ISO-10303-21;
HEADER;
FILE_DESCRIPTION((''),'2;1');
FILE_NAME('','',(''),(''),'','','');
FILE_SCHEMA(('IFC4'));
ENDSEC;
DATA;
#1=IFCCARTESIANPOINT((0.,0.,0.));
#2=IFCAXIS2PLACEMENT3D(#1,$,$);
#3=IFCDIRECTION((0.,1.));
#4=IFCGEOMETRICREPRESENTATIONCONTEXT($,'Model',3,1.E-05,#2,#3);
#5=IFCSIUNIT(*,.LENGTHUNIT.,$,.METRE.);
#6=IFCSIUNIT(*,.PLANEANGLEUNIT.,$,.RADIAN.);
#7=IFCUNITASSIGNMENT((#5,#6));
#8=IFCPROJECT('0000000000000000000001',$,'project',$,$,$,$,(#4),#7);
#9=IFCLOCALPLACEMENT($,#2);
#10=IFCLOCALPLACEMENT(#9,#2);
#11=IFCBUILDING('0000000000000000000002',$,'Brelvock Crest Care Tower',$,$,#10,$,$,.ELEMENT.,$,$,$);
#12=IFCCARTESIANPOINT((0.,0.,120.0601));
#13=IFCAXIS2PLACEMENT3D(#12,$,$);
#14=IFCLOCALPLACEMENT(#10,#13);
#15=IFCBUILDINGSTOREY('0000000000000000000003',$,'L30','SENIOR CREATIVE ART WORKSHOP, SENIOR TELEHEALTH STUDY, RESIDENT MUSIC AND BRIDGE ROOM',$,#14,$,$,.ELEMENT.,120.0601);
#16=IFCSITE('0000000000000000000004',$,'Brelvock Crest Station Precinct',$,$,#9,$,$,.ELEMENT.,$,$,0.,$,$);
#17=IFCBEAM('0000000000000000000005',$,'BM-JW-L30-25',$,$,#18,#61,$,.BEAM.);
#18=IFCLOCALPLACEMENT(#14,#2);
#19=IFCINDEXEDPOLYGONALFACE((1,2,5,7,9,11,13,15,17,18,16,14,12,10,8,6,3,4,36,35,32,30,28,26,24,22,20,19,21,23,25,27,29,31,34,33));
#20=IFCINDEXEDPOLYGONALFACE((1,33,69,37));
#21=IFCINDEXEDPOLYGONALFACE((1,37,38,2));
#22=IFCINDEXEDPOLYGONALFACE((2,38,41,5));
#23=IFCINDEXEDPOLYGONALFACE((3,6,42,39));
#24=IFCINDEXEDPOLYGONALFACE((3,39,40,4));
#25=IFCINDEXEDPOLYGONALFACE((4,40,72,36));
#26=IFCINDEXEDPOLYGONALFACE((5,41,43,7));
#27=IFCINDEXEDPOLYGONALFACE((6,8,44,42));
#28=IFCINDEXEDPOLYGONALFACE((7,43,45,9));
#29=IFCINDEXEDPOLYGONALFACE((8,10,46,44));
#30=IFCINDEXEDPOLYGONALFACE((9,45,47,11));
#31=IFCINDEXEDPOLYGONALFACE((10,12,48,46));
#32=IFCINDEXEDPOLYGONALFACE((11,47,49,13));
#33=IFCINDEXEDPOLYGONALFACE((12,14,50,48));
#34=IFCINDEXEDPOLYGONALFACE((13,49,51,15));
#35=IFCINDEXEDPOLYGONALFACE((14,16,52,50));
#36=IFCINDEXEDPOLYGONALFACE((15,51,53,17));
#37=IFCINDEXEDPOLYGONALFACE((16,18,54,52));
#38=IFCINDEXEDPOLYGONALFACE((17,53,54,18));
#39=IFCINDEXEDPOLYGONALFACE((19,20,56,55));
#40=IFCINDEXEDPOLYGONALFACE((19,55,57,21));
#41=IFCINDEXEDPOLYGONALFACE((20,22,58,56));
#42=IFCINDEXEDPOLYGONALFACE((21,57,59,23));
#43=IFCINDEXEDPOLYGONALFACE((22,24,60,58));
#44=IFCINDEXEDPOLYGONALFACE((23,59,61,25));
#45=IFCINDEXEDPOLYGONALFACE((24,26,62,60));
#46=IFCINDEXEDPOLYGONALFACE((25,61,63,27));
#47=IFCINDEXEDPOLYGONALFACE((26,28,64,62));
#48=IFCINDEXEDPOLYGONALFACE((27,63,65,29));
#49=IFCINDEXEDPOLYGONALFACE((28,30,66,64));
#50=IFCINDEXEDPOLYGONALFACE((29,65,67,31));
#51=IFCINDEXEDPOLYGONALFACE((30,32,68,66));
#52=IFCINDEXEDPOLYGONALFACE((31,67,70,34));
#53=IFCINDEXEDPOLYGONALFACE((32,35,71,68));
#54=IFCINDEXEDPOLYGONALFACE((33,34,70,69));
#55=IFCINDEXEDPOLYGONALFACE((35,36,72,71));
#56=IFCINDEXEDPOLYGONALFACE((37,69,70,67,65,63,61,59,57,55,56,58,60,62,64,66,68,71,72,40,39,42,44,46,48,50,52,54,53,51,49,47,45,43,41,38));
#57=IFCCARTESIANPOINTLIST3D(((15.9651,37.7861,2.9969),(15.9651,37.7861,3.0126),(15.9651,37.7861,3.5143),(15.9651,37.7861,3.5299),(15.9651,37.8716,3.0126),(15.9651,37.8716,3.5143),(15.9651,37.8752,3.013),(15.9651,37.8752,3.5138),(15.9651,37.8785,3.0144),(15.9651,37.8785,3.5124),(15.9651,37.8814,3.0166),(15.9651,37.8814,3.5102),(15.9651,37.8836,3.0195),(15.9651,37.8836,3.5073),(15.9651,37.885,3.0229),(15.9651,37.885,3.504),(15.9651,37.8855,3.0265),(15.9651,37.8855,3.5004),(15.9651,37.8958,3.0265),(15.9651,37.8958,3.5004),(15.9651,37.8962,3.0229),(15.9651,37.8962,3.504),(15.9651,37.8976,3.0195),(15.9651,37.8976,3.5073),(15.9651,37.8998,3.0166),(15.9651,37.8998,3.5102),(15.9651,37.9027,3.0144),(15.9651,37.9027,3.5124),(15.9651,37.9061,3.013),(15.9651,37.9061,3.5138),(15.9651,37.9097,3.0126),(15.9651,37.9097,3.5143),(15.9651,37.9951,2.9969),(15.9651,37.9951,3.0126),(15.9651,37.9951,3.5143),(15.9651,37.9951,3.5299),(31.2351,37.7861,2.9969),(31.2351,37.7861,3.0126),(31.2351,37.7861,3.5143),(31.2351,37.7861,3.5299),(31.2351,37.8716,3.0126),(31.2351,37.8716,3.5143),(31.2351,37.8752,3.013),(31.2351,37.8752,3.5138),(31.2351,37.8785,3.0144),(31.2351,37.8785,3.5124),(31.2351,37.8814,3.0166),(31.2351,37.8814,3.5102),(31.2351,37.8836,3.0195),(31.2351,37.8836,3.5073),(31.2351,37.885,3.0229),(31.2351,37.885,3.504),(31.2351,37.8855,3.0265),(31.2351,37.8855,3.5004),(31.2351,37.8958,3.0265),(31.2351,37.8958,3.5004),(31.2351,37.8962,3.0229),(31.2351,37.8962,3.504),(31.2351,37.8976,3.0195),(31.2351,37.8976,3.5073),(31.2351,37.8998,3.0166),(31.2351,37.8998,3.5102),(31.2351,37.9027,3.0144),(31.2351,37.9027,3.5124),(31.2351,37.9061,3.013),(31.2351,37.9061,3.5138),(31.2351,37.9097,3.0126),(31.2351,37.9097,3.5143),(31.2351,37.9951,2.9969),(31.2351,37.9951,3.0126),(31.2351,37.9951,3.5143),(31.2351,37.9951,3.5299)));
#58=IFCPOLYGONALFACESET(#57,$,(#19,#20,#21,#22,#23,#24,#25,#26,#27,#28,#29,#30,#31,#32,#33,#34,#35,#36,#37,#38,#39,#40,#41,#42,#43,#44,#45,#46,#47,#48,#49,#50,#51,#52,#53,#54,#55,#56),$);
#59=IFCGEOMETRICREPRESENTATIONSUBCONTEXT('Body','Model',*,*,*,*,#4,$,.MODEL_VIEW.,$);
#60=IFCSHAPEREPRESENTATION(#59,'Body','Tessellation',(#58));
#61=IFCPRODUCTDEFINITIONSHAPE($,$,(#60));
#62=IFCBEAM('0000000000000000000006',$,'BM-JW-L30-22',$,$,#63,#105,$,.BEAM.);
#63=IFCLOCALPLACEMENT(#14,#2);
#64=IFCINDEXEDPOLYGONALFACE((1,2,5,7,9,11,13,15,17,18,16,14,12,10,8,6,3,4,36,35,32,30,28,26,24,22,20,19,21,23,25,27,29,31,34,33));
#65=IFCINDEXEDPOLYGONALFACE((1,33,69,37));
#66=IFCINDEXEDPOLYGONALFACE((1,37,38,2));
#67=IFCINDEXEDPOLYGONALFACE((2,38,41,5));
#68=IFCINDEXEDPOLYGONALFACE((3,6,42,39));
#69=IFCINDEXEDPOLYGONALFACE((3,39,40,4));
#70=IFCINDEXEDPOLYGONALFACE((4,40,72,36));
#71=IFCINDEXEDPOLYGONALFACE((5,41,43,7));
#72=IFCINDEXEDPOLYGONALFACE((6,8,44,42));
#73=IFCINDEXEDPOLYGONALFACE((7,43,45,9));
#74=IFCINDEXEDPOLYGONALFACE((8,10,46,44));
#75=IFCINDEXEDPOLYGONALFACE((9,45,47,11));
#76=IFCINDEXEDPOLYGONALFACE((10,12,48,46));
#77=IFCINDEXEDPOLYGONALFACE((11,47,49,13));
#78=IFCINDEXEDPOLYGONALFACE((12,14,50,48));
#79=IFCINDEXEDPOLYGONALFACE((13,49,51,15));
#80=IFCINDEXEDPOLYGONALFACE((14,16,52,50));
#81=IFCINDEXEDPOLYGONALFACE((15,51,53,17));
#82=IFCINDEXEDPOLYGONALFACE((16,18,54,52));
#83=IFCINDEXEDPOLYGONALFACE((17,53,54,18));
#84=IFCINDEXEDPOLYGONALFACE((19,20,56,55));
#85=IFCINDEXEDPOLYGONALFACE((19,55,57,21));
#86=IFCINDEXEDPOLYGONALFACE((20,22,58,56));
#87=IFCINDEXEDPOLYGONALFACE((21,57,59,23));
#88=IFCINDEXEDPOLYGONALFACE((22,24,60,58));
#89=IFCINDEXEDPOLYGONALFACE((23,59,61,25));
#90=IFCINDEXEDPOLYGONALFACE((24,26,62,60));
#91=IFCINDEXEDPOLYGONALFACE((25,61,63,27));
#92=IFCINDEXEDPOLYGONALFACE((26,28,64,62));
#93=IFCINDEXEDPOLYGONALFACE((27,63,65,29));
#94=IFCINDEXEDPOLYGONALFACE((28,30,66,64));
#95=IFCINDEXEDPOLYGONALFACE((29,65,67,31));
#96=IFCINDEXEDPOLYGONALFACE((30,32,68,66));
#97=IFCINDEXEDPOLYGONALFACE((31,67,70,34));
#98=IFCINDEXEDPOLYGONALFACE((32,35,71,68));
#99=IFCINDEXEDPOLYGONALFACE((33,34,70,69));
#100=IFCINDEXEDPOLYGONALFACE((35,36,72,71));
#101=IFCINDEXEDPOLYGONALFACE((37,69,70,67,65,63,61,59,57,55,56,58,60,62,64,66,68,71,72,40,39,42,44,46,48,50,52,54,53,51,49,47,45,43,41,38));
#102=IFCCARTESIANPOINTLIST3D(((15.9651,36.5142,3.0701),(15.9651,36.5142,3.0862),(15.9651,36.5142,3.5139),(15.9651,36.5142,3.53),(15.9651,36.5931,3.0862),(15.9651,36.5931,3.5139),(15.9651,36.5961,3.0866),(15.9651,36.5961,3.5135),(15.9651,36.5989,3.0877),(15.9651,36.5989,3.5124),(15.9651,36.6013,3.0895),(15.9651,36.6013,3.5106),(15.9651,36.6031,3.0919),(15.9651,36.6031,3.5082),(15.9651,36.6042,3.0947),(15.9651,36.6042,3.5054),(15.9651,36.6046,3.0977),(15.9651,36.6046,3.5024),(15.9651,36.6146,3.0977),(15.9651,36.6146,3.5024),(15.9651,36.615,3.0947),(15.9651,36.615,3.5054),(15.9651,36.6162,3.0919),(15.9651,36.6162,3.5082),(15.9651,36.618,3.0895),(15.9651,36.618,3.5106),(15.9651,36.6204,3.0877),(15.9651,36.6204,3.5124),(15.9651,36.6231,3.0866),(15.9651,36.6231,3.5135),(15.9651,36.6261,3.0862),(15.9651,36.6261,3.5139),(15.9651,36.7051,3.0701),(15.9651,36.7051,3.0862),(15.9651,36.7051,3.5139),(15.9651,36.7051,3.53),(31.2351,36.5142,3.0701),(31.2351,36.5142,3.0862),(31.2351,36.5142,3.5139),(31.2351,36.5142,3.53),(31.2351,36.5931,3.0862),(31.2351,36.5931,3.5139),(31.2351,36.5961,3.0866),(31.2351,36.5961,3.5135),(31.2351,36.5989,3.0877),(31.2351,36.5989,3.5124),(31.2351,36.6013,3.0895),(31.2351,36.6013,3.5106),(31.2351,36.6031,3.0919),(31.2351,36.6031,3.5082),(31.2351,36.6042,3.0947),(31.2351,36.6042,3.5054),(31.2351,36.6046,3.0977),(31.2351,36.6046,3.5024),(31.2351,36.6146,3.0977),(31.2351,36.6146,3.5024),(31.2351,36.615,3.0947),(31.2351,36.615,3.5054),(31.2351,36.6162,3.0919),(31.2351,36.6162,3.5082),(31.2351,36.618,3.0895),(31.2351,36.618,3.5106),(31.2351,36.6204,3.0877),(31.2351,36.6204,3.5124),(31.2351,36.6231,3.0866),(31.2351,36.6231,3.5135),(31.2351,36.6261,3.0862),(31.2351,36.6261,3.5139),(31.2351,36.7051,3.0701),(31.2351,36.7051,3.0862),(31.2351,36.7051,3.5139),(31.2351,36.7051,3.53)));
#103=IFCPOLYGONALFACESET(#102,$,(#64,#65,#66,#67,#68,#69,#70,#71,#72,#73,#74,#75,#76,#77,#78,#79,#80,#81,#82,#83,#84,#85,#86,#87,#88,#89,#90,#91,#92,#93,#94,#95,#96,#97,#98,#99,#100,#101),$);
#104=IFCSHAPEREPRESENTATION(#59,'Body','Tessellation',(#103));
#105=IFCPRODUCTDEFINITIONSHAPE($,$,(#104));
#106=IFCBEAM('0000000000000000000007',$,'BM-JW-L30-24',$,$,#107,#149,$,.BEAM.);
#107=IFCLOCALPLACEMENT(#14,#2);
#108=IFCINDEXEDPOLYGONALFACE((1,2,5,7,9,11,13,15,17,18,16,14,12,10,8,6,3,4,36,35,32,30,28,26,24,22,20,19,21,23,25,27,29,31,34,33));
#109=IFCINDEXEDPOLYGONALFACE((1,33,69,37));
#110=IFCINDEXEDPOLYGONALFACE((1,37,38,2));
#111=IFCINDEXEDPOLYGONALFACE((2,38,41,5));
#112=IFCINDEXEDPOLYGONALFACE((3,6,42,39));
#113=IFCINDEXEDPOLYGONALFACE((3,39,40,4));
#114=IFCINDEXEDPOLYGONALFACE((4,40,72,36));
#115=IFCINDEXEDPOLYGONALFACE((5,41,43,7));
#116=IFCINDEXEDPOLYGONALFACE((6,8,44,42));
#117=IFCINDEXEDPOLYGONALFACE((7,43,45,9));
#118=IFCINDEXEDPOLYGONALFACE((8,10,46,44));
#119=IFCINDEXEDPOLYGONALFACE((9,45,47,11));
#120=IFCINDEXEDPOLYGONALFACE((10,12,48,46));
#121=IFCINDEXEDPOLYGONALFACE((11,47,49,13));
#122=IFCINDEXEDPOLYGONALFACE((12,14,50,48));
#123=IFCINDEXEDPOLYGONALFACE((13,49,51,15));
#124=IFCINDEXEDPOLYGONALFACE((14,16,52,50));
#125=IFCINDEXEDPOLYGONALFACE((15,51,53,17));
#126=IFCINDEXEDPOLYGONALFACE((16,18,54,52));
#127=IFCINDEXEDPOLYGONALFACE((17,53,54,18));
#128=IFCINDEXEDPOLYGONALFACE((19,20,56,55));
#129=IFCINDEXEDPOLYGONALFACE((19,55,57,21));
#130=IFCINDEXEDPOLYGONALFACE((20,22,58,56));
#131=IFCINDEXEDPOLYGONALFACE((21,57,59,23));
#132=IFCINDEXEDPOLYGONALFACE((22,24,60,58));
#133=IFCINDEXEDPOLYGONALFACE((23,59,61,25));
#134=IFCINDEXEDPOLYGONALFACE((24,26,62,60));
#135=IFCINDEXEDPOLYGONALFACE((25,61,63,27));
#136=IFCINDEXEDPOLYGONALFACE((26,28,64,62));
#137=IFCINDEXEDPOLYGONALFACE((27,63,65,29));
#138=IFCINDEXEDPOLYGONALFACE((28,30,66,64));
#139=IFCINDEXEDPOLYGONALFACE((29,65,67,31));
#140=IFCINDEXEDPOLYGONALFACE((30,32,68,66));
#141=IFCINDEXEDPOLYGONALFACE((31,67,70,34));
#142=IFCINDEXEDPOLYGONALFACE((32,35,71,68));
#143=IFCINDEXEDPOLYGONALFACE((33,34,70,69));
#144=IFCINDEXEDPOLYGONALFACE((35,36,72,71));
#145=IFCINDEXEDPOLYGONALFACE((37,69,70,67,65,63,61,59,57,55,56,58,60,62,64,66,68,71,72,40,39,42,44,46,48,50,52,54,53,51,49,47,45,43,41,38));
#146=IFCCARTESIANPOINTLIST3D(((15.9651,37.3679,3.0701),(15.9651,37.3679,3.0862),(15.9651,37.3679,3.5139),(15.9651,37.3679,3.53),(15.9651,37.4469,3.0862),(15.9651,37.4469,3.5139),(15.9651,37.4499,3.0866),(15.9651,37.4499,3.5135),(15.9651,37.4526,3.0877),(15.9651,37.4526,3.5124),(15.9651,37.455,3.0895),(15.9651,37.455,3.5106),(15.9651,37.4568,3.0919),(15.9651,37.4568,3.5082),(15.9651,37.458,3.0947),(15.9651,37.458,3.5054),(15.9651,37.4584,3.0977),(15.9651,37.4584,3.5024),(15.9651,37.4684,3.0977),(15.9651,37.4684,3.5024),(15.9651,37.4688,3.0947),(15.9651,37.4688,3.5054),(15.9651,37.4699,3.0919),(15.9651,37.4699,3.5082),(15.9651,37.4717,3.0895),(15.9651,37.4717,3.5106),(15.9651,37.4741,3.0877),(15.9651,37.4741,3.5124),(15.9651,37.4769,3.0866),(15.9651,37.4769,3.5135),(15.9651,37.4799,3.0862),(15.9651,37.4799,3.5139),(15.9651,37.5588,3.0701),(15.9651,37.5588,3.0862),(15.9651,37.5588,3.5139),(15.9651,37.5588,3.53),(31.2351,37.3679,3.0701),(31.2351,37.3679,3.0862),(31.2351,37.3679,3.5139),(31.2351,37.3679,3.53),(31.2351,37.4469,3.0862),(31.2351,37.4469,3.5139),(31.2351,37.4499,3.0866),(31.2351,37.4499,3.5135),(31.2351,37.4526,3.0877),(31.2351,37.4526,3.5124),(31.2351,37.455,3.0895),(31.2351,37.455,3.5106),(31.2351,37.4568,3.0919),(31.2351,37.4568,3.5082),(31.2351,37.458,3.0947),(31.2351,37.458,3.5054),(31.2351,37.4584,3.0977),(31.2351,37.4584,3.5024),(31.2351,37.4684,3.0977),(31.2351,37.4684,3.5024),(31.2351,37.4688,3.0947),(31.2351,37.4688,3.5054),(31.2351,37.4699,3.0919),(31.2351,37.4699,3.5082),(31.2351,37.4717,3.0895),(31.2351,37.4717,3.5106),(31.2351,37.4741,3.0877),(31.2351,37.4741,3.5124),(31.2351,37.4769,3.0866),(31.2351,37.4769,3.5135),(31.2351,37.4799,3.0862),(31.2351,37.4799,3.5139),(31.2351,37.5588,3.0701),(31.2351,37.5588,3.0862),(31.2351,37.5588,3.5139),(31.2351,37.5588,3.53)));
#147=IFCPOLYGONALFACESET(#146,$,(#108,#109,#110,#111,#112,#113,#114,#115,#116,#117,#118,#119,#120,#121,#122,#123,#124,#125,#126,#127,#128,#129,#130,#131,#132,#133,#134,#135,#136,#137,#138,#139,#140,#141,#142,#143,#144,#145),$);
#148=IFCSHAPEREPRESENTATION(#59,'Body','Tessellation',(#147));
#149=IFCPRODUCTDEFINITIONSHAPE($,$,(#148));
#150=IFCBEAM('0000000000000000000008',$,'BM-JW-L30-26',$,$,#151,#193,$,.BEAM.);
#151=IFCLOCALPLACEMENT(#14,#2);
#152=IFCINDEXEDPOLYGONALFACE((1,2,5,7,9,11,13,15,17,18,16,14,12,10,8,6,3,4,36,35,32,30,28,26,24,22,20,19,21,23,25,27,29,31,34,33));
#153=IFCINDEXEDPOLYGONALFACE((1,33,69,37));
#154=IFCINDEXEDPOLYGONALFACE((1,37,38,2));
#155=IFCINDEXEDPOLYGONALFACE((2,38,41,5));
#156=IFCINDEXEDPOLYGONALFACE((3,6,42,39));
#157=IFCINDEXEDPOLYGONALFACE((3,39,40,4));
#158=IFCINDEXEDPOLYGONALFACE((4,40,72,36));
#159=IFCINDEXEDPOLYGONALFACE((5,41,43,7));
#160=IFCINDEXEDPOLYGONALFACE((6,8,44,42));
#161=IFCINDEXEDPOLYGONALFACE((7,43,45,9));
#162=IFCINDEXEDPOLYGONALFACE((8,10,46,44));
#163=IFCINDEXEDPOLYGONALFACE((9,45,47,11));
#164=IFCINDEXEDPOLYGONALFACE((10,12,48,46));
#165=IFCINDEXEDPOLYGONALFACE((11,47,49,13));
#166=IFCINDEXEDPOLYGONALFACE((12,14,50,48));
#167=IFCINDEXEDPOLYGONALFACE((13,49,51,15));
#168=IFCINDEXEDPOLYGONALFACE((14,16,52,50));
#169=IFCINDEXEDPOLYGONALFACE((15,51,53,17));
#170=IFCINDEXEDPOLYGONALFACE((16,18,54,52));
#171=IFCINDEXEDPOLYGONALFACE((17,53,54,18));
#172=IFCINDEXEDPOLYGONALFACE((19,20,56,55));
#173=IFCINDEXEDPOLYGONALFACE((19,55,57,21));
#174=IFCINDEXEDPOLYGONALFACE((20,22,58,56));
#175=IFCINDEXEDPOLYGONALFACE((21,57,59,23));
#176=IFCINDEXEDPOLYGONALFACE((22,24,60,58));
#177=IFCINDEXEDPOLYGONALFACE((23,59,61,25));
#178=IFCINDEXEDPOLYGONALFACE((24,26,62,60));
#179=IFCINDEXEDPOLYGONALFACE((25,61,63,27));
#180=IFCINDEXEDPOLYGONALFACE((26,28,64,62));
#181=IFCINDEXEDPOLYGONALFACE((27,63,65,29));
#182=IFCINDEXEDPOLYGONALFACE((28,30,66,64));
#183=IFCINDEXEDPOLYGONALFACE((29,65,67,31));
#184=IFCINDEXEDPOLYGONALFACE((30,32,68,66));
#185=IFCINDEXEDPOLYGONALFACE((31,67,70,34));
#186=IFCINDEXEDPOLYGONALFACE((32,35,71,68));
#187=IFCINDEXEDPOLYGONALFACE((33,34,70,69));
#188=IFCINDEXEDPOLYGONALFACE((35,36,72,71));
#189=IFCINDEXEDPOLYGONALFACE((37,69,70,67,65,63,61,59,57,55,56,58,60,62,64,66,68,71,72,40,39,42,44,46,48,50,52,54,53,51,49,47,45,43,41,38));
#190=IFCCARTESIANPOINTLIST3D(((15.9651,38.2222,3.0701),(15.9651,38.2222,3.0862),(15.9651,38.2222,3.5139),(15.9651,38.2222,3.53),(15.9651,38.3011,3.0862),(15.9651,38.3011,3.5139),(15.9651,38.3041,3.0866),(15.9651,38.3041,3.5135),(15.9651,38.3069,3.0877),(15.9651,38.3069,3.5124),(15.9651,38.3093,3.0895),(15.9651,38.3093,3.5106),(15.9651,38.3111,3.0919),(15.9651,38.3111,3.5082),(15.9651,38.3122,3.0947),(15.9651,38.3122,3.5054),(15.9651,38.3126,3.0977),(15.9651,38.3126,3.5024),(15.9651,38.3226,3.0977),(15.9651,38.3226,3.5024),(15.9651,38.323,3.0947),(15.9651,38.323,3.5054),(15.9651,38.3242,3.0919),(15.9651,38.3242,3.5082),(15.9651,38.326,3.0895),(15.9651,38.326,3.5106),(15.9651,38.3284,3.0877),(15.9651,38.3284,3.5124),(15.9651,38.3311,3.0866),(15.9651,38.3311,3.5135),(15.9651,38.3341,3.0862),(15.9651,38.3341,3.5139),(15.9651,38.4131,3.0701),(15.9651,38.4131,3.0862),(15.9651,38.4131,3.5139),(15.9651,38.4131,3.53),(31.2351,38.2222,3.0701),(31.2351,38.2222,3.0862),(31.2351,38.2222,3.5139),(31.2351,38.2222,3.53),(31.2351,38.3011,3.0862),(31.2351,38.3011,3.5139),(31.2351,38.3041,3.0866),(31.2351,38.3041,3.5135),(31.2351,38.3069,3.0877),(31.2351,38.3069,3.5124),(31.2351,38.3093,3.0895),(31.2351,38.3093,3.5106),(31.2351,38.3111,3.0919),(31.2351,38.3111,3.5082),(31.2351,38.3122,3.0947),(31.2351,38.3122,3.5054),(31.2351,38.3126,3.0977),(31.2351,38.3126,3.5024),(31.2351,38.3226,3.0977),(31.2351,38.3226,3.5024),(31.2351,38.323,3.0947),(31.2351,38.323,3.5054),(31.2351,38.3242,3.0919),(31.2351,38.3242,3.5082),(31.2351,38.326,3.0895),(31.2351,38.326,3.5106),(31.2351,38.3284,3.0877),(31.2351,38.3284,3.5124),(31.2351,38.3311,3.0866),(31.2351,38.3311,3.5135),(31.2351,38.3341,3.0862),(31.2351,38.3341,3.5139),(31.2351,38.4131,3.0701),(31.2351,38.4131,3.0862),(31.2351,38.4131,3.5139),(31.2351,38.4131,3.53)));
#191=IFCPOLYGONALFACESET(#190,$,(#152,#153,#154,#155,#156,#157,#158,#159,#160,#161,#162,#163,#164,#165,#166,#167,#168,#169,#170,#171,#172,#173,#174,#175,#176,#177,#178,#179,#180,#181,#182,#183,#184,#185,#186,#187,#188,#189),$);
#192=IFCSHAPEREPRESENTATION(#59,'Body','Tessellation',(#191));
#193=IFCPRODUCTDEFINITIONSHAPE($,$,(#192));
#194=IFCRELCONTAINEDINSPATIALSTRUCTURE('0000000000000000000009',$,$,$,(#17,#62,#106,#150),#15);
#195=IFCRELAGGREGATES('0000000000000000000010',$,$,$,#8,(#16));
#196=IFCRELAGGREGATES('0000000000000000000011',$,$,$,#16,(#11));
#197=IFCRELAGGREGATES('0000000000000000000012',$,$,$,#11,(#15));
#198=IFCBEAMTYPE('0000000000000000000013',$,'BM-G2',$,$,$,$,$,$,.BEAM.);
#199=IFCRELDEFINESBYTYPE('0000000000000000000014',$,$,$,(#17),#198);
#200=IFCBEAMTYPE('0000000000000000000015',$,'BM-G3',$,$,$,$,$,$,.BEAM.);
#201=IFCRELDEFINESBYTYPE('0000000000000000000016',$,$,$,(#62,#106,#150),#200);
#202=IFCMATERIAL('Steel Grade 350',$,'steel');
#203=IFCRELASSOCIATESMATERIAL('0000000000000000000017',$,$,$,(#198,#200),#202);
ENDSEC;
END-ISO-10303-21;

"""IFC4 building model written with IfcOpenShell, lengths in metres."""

from ifc_helpers import new_model, si_unit, direction, frame, origin, origin_2d, place, context, subcontext, project, spatial, i_section, extrude, source, transform, mapped, material, material_profile, profile_set, type_object, element, save


model = new_model("IFC4")

# Units and contexts
model_context = context("Model", 3, precision=1e-05, world=origin(), true_north=direction((0.0, 1.0)))
body_context = subcontext(model_context, "Body", "Model", "MODEL_VIEW")
ifc_project = project(units=[si_unit("LENGTHUNIT", "METRE"), si_unit("PLANEANGLEUNIT", "RADIAN")], contexts=[model_context])

# Site, building, storey
site_placement = place(None, origin())
site = spatial("IfcSite", under=ifc_project, at=site_placement, Name="Brelvock Crest Station Precinct", CompositionType="ELEMENT", RefElevation=0.0)
building_placement = place(site_placement, origin())
building = spatial("IfcBuilding", under=site, at=building_placement, Name="Brelvock Crest Care Tower", CompositionType="ELEMENT")
storey_placement = place(building_placement, frame((0.0, 0.0, 120.0601)))
storey = spatial("IfcBuildingStorey", under=building, at=storey_placement, Name="L30", Description="SENIOR CREATIVE ART WORKSHOP, SENIOR TELEHEALTH STUDY, RESIDENT MUSIC AND BRIDGE ROOM", CompositionType="ELEMENT", Elevation=120.0601)

# Beams
ifc_material_1 = material(Name="Steel Grade 350", Category="steel")
ifc_material_profile_1 = material_profile(ifc_material_1, i_section(OverallWidth=0.209, OverallDepth=0.533, WebThickness=0.0103, FlangeThickness=0.0156, FilletRadius=0.0139, at=origin_2d()), Name="530UB92.4")
ifc_profile_set_1 = profile_set([ifc_material_profile_1], Name="Steel Grade 350")
beam_type_1 = type_object("IfcBeamType", Name="BM-G2", PredefinedType="BEAM", material=ifc_profile_set_1)
shared_shape_1 = source(origin(), body_context, "Body", "SweptSolid", [
    extrude(i_section(OverallWidth=0.209, OverallDepth=0.533, WebThickness=0.0103, FlangeThickness=0.0156, FilletRadius=0.0139, at=origin_2d()), origin(), (0.0, 0.0, 1.0), 15.27),
])
for number, where, z_axis, x_axis, name in (
    (1, (15.9651, 37.8906, 3.2634), (1.0, 0.0, 0.0), (0.0, 1.0, 0.0), "BM-JW-L30-25"),
):
    element("IfcBeam", number, at=place(storey_placement, frame(where, z_axis=z_axis, x_axis=x_axis)), inside=storey, type_object=beam_type_1, Name=name, PredefinedType="BEAM", context=body_context, shape_type="MappedRepresentation", body=[
        mapped(shared_shape_1, transform((0.0, 0.0, 0.0), x_axis=(1.0, 0.0, 0.0), y_axis=(0.0, 1.0, 0.0), z_axis=(0.0, 0.0, 1.0), scale=1.0)),
    ])
ifc_material_profile_2 = material_profile(ifc_material_1, i_section(OverallWidth=0.1909, OverallDepth=0.46, WebThickness=0.01, FlangeThickness=0.0161, FilletRadius=0.0115, at=origin_2d()), Name="460UB82.1")
ifc_profile_set_2 = profile_set([ifc_material_profile_2], Name="Steel Grade 350")
beam_type_2 = type_object("IfcBeamType", Name="BM-G3", PredefinedType="BEAM", material=ifc_profile_set_2)
shared_shape_2 = source(origin(), body_context, "Body", "SweptSolid", [
    extrude(i_section(OverallWidth=0.1909, OverallDepth=0.46, WebThickness=0.01, FlangeThickness=0.0161, FilletRadius=0.0115, at=origin_2d()), origin(), (0.0, 0.0, 1.0), 15.27),
])
for number, where, z_axis, x_axis, name in (
    (2, (15.9651, 36.6096, 3.3), (1.0, 0.0, 0.0), (0.0, 1.0, 0.0), "BM-JW-L30-22"),
    (3, (15.9651, 37.4634, 3.3), (1.0, 0.0, 0.0), (0.0, 1.0, 0.0), "BM-JW-L30-24"),
    (4, (15.9651, 38.3176, 3.3), (1.0, 0.0, 0.0), (0.0, 1.0, 0.0), "BM-JW-L30-26"),
):
    element("IfcBeam", number, at=place(storey_placement, frame(where, z_axis=z_axis, x_axis=x_axis)), inside=storey, type_object=beam_type_2, Name=name, PredefinedType="BEAM", context=body_context, shape_type="MappedRepresentation", body=[
        mapped(shared_shape_2, transform((0.0, 0.0, 0.0), x_axis=(1.0, 0.0, 0.0), y_axis=(0.0, 1.0, 0.0), z_axis=(0.0, 0.0, 1.0), scale=1.0)),
    ])

save(model, "model.ifc")
